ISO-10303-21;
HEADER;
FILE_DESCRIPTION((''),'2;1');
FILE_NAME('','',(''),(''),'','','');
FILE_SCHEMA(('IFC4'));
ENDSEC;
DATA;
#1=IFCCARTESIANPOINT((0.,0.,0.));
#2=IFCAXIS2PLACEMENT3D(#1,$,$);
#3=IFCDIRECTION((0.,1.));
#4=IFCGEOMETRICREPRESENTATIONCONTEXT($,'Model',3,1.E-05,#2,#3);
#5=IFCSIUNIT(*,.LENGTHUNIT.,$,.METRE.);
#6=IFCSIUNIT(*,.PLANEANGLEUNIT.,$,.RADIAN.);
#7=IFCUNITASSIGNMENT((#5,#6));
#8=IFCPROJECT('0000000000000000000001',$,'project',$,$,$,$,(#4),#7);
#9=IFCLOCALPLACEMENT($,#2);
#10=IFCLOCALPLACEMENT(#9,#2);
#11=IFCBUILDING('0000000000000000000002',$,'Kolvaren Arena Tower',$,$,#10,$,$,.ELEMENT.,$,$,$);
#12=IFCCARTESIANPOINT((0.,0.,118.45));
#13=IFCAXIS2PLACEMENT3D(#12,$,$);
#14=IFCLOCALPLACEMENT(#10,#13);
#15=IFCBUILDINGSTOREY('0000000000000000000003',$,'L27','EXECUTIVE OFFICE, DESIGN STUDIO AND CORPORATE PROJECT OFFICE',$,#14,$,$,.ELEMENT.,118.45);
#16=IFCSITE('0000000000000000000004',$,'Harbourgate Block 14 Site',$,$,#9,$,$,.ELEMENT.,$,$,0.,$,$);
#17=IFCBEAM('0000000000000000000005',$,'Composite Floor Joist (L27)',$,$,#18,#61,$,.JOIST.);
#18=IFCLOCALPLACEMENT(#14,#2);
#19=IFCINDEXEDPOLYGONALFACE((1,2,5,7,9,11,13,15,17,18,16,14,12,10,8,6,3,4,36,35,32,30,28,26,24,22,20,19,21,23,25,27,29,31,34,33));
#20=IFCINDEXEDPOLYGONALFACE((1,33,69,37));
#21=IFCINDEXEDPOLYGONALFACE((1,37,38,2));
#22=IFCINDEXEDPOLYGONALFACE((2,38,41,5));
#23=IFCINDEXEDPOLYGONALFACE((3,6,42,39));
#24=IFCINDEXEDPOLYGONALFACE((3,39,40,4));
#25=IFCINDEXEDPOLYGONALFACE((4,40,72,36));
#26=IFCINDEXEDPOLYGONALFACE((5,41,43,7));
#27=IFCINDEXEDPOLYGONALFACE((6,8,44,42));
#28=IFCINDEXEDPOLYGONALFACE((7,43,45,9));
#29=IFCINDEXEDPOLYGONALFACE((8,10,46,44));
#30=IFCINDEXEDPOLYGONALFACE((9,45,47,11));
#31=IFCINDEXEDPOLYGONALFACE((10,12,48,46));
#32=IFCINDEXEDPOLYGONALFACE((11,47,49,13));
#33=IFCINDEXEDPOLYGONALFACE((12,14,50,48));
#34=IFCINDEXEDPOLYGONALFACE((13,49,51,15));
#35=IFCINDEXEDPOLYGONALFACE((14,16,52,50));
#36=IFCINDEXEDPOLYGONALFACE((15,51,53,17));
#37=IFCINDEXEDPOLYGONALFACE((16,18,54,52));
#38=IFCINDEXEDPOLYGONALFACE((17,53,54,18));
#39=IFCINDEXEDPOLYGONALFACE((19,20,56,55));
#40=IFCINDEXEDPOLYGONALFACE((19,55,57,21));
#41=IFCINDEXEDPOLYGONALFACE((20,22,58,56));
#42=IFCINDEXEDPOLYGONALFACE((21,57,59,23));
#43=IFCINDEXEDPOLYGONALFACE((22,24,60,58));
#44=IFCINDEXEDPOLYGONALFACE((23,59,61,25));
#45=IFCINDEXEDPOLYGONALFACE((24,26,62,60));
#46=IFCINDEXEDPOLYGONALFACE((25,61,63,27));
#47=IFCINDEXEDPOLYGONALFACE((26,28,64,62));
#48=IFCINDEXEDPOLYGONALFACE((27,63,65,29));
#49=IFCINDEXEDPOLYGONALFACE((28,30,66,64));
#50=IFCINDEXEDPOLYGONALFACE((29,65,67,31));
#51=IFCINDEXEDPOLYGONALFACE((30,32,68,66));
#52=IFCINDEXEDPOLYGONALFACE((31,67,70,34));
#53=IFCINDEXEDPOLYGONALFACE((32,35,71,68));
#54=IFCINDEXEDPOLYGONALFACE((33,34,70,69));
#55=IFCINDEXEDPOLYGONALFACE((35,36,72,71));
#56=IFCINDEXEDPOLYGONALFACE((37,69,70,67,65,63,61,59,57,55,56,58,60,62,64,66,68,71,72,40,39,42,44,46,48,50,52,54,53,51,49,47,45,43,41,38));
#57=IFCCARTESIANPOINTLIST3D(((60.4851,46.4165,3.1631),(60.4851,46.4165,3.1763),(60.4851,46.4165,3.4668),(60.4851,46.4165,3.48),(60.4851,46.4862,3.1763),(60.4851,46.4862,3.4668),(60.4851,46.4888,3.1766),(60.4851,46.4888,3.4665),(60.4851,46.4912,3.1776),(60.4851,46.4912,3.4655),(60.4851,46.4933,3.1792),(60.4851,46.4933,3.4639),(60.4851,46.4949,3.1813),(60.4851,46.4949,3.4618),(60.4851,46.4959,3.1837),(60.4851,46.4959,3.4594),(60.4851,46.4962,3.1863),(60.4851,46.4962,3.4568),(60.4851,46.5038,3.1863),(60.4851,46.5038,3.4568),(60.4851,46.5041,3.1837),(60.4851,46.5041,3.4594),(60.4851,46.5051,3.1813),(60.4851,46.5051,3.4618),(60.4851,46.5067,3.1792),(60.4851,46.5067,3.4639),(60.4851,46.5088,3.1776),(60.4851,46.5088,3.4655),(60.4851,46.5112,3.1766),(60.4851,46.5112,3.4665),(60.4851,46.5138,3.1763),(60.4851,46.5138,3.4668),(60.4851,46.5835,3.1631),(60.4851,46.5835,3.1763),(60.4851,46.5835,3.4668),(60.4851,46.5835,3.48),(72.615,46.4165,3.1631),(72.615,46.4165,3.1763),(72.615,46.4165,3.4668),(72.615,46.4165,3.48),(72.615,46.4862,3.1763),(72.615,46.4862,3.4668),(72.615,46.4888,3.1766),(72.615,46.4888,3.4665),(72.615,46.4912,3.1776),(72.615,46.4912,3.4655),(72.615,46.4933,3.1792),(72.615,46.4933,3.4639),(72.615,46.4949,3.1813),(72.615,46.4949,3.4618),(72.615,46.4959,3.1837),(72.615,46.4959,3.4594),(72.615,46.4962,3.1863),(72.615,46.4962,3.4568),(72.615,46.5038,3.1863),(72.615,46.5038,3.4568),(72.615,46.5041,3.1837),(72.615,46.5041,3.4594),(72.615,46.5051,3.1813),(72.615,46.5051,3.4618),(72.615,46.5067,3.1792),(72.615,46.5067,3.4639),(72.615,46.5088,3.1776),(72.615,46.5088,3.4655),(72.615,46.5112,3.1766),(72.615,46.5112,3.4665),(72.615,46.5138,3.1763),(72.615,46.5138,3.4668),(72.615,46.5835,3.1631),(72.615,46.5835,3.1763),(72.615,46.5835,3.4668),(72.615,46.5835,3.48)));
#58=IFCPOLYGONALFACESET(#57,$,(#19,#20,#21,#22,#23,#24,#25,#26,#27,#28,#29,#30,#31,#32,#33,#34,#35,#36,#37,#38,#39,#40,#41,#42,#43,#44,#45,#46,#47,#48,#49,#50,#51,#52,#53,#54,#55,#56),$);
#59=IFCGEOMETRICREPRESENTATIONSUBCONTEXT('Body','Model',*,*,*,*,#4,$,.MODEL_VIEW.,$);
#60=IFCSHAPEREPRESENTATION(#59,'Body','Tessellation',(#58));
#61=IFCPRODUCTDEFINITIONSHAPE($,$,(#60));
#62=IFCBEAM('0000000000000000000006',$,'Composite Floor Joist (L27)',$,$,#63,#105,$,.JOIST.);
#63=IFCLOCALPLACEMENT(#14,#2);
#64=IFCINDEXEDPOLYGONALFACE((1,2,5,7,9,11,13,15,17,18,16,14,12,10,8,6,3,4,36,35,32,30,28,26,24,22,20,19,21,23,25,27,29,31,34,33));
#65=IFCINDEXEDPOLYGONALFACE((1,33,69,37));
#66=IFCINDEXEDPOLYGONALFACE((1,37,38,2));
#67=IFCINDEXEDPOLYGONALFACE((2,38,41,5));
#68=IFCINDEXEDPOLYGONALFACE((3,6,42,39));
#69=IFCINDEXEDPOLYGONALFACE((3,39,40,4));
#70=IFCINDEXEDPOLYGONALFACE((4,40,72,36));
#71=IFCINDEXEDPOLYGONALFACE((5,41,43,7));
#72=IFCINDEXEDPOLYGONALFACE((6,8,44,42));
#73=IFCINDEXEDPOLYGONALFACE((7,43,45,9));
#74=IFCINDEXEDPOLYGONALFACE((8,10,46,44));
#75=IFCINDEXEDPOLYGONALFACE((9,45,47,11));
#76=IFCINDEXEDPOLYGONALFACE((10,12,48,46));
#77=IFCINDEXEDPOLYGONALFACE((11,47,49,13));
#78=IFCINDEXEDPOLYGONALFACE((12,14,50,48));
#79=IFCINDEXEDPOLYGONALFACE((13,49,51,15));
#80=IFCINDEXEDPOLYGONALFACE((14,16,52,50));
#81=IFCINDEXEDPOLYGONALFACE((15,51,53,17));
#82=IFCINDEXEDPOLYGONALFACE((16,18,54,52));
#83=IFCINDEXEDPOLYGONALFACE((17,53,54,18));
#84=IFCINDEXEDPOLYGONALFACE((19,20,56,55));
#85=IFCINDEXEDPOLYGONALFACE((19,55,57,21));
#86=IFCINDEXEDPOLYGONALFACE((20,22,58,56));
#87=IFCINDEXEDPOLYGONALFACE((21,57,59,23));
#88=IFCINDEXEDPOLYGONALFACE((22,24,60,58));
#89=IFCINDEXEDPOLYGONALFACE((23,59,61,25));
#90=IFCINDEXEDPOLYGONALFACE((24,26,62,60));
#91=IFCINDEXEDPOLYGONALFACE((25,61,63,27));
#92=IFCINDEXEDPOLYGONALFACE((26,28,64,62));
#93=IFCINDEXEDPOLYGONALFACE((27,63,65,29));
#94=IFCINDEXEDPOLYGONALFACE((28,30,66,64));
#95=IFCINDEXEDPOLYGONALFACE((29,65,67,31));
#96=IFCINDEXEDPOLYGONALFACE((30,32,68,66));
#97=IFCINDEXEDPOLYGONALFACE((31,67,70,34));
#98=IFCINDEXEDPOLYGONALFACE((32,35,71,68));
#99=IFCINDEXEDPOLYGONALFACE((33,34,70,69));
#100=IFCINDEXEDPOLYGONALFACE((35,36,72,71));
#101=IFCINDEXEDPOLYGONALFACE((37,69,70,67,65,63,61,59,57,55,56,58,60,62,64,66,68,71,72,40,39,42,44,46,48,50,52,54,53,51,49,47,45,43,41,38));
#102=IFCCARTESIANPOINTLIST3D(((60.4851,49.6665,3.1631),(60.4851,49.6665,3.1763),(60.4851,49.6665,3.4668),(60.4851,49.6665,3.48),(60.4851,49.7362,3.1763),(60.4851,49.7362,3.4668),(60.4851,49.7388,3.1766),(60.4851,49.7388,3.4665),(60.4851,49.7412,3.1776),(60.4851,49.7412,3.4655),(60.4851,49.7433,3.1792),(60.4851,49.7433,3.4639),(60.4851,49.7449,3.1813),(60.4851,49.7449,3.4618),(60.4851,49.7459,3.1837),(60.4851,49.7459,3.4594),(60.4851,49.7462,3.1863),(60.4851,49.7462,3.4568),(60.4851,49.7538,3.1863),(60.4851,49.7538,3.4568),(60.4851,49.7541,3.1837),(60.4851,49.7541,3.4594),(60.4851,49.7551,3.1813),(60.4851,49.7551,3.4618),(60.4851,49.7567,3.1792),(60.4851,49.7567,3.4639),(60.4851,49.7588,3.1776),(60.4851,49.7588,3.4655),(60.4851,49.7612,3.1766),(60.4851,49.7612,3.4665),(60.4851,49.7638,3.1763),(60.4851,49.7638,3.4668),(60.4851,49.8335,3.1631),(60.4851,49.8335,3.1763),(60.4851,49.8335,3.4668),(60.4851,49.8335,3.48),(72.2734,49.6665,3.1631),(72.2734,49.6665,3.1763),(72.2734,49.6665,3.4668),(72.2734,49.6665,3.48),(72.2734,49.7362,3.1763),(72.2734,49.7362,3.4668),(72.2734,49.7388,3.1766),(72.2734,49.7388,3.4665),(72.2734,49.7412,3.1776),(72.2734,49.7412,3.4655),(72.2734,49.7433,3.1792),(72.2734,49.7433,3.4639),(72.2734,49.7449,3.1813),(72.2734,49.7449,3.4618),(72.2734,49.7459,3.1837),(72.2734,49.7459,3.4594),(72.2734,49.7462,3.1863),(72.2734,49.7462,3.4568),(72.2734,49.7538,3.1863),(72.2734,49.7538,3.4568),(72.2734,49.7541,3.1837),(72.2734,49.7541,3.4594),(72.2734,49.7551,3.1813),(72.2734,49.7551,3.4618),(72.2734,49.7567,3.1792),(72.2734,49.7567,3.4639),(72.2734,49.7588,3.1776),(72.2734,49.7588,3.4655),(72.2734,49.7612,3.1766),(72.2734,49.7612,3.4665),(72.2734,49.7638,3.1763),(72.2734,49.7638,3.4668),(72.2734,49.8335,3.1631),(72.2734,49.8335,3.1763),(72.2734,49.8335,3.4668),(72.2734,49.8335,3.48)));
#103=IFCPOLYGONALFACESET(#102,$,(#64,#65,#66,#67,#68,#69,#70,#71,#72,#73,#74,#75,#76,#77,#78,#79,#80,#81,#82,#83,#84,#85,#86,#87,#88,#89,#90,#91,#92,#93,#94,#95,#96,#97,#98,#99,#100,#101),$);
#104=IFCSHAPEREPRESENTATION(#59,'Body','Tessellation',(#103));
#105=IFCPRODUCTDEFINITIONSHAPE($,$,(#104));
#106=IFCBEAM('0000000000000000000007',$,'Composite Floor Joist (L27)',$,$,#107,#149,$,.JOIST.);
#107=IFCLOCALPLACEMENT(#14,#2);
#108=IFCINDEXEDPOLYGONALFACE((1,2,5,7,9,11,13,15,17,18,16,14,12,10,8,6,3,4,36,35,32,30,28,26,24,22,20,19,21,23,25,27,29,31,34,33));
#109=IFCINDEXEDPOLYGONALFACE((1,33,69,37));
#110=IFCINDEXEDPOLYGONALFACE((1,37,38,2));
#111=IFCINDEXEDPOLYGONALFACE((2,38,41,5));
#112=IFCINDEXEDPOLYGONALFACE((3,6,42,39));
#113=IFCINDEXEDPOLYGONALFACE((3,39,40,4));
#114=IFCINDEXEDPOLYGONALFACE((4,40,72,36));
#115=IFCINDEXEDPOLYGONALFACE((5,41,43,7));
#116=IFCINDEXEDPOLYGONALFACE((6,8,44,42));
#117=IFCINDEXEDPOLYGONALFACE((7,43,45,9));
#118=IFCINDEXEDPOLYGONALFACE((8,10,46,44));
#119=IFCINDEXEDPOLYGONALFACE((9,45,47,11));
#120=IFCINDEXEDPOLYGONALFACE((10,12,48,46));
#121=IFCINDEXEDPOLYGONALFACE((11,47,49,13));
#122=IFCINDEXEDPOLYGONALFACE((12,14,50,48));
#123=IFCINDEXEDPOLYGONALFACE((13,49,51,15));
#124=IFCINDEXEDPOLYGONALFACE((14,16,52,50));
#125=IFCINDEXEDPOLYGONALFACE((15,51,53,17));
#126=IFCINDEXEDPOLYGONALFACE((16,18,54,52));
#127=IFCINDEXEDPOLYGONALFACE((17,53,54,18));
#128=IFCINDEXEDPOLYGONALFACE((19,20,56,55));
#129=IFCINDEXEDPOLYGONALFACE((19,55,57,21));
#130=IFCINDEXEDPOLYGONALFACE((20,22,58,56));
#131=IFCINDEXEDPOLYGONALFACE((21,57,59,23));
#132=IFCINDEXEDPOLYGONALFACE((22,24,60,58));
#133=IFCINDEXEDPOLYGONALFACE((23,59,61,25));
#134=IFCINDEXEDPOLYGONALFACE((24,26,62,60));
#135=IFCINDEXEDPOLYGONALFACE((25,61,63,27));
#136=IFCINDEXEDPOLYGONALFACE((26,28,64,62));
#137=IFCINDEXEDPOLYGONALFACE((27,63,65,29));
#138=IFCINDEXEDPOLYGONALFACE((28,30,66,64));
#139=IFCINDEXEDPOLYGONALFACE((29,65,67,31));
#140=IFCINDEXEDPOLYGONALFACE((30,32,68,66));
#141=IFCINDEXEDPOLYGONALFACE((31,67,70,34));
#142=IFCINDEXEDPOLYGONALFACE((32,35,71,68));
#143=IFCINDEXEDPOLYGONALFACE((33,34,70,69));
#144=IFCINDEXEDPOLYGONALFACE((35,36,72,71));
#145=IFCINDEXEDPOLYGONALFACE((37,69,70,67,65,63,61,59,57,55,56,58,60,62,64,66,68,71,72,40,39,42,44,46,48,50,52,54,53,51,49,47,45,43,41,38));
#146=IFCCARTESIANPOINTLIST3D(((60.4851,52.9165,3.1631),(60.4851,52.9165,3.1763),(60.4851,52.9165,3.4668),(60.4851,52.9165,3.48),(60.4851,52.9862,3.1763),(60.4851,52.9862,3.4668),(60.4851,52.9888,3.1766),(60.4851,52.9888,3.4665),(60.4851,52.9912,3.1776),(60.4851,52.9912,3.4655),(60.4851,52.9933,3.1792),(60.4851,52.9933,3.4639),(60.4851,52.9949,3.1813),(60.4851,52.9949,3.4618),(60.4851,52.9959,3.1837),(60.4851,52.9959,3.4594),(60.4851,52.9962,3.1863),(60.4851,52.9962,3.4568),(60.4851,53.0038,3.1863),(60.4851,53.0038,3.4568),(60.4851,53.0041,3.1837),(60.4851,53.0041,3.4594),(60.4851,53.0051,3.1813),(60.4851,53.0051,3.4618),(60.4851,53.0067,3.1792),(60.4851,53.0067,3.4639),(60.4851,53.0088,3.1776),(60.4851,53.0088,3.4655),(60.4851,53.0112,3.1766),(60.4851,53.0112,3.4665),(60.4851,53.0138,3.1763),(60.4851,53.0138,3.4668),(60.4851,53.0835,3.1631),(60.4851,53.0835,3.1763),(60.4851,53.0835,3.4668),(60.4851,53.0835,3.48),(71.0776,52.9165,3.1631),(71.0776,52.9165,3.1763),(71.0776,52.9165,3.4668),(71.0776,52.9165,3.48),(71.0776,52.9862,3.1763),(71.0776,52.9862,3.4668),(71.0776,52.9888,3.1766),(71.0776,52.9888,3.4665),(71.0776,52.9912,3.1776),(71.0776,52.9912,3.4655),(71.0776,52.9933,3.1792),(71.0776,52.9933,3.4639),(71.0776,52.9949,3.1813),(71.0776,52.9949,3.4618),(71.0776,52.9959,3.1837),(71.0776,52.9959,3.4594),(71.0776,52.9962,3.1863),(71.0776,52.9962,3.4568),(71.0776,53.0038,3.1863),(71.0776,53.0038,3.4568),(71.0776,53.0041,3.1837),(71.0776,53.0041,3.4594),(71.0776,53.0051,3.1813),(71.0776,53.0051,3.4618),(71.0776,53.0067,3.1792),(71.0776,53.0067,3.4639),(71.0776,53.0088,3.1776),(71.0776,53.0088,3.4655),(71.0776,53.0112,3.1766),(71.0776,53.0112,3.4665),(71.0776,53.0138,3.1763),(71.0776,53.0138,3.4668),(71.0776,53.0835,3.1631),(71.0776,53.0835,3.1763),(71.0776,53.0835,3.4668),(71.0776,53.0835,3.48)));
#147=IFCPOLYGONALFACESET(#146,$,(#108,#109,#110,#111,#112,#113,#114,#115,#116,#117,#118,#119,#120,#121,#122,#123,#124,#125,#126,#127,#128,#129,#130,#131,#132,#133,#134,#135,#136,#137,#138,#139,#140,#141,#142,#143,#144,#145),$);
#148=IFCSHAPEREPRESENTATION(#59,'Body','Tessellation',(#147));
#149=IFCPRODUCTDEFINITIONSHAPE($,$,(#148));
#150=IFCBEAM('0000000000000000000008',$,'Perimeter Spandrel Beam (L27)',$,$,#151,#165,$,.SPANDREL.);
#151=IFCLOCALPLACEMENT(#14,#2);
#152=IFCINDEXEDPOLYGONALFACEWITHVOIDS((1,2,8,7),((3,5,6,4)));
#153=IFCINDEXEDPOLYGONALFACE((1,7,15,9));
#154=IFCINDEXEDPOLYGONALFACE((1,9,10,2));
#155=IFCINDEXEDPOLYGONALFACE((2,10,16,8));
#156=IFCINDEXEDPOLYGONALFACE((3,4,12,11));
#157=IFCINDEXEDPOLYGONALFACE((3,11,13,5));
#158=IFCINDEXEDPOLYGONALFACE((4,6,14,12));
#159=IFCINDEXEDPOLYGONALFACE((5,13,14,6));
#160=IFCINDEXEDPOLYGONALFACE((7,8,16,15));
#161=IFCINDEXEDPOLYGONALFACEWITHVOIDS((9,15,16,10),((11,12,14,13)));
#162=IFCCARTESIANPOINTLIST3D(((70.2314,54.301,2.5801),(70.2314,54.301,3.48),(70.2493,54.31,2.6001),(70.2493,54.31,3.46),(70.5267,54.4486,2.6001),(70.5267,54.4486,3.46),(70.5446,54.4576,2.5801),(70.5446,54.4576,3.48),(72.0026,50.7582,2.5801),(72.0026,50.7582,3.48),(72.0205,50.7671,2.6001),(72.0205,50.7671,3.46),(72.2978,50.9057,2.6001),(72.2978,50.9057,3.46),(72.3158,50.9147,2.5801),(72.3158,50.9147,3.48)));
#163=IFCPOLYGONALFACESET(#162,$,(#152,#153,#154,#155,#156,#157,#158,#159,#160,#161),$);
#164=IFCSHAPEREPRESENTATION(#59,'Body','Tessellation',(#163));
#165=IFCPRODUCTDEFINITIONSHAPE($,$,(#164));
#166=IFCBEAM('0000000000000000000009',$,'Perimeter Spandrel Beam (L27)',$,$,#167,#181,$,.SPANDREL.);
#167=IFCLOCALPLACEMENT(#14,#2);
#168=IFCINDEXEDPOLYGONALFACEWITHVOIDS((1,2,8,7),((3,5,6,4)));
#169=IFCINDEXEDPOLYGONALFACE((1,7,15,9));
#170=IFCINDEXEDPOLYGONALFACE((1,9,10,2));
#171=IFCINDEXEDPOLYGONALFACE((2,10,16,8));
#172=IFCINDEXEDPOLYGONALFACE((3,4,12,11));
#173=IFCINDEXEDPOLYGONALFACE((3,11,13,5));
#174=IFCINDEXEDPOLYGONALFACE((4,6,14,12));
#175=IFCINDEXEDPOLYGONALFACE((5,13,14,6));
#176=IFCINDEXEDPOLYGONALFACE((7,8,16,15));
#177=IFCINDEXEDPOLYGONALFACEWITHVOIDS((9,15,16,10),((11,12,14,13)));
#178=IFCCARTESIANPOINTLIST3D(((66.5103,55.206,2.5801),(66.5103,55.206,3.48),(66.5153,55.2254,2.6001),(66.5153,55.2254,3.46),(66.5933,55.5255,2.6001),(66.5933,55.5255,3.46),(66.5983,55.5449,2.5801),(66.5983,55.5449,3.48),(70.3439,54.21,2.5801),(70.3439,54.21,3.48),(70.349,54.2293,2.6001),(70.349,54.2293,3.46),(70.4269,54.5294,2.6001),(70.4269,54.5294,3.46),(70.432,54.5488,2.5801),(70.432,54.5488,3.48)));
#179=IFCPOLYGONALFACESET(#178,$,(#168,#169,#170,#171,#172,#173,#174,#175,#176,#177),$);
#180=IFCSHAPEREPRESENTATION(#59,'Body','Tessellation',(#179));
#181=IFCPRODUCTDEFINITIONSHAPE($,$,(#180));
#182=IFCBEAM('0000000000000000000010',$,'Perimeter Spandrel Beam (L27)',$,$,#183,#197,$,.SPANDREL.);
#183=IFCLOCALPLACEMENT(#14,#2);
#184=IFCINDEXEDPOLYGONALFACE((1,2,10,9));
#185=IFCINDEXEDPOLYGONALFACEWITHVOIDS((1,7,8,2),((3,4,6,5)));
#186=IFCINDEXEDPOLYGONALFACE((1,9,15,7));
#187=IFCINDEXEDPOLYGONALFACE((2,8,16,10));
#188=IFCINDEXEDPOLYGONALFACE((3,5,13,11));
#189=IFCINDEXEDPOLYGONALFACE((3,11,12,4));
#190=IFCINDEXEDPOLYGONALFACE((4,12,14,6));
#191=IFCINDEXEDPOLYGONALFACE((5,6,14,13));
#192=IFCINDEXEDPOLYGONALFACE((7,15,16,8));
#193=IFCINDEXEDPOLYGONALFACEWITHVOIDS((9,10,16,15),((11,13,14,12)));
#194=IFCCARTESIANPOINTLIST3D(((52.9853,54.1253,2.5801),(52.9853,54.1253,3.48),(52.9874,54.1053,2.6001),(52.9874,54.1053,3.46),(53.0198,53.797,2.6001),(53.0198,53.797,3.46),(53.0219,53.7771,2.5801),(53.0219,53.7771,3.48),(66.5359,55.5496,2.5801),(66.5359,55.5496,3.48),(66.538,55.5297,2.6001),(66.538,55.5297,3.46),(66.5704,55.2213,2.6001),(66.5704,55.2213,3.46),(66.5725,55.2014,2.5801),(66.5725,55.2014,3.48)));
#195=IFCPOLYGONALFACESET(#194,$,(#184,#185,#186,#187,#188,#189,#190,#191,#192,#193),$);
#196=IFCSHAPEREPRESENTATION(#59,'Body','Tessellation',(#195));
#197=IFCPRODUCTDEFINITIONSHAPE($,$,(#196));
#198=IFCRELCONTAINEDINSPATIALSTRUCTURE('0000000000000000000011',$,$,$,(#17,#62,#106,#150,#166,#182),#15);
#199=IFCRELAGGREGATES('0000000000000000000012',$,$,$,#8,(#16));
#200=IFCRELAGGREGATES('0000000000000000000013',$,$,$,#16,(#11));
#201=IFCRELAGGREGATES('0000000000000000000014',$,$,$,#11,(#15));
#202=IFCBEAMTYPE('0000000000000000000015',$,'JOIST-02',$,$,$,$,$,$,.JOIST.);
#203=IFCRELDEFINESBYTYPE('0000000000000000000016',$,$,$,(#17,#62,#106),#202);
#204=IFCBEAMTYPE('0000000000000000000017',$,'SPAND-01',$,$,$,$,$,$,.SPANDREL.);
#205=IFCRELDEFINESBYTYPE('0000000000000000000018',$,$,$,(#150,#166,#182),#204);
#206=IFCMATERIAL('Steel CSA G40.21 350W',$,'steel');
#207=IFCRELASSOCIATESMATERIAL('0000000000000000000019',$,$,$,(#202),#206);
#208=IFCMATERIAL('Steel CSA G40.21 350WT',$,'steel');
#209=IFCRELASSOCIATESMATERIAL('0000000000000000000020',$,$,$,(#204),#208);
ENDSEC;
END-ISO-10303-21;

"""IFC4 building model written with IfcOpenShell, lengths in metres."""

from ifc_helpers import new_model, si_unit, direction, frame, origin, origin_2d, place, context, subcontext, project, spatial, hollow_rectangle, i_section, extrude, material, material_profile, profile_set, type_object, element, save


model = new_model("IFC4")

# Units and contexts
model_context = context("Model", 3, precision=1e-05, world=origin(), true_north=direction((0.0, 1.0)))
body_context = subcontext(model_context, "Body", "Model", "MODEL_VIEW")
ifc_project = project(units=[si_unit("LENGTHUNIT", "METRE"), si_unit("PLANEANGLEUNIT", "RADIAN")], contexts=[model_context])

# Site, building, storey
site_placement = place(None, origin())
site = spatial("IfcSite", under=ifc_project, at=site_placement, Name="Harbourgate Block 14 Site", CompositionType="ELEMENT", RefElevation=0.0)
building_placement = place(site_placement, origin())
building = spatial("IfcBuilding", under=site, at=building_placement, Name="Kolvaren Arena Tower", CompositionType="ELEMENT")
storey_placement = place(building_placement, frame((0.0, 0.0, 118.45)))
storey = spatial("IfcBuildingStorey", under=building, at=storey_placement, Name="L27", Description="EXECUTIVE OFFICE, DESIGN STUDIO AND CORPORATE PROJECT OFFICE", CompositionType="ELEMENT", Elevation=118.45)

# Beams
ifc_material_1 = material(Name="Steel CSA G40.21 350W", Category="steel")
ifc_material_profile_1 = material_profile(ifc_material_1, i_section(OverallWidth=0.167, OverallDepth=0.3169, WebThickness=0.0076, FlangeThickness=0.0132, FilletRadius=0.01, at=origin_2d()), Name="W310x52")
ifc_profile_set_1 = profile_set([ifc_material_profile_1], Name="Steel CSA G40.21 350W")
beam_type_1 = type_object("IfcBeamType", Name="JOIST-02", PredefinedType="JOIST", material=ifc_profile_set_1)
beam_1_placement = place(storey_placement, frame((60.4851, 46.5, 3.3215), z_axis=(1.0, 0.0, 0.0), x_axis=(0.0, 1.0, 0.0)))
element("IfcBeam", 1, at=beam_1_placement, inside=storey, type_object=beam_type_1, Name="Composite Floor Joist (L27)", PredefinedType="JOIST", context=body_context, shape_type="SweptSolid", body=[
    extrude(i_section(OverallWidth=0.167, OverallDepth=0.3169, WebThickness=0.0076, FlangeThickness=0.0132, FilletRadius=0.01, at=origin_2d()), origin(), (0.0, 0.0, 1.0), 12.1299),
])
beam_2_placement = place(storey_placement, frame((60.4851, 49.75, 3.3215), z_axis=(1.0, 0.0, 0.0), x_axis=(0.0, 1.0, 0.0)))
element("IfcBeam", 2, at=beam_2_placement, inside=storey, type_object=beam_type_1, Name="Composite Floor Joist (L27)", PredefinedType="JOIST", context=body_context, shape_type="SweptSolid", body=[
    extrude(i_section(OverallWidth=0.167, OverallDepth=0.3169, WebThickness=0.0076, FlangeThickness=0.0132, FilletRadius=0.01, at=origin_2d()), origin(), (0.0, 0.0, 1.0), 11.7883),
])
beam_3_placement = place(storey_placement, frame((60.4851, 53.0, 3.3215), z_axis=(1.0, 0.0, 0.0), x_axis=(0.0, 1.0, 0.0)))
element("IfcBeam", 3, at=beam_3_placement, inside=storey, type_object=beam_type_1, Name="Composite Floor Joist (L27)", PredefinedType="JOIST", context=body_context, shape_type="SweptSolid", body=[
    extrude(i_section(OverallWidth=0.167, OverallDepth=0.3169, WebThickness=0.0076, FlangeThickness=0.0132, FilletRadius=0.01, at=origin_2d()), origin(), (0.0, 0.0, 1.0), 10.5925),
])
ifc_material_2 = material(Name="Steel CSA G40.21 350WT", Category="steel")
ifc_material_profile_2 = material_profile(ifc_material_2, hollow_rectangle(XDim=0.3501, YDim=0.8999, WallThickness=0.02, at=origin_2d()), Name="HSS 900x350x20")
ifc_profile_set_2 = profile_set([ifc_material_profile_2], Name="Steel CSA G40.21 350WT")
beam_type_2 = type_object("IfcBeamType", Name="SPAND-01", PredefinedType="SPANDREL", material=ifc_profile_set_2)
for number, where, z_axis, x_axis, name in (
    (4, (72.1592, 50.8364, 3.03), (-0.447164, 0.894452, 0.0), (-0.894452, -0.447164, 0.0), "Perimeter Spandrel Beam (L27)"),
    (5, (70.3879, 54.3794, 3.03), (-0.967864, 0.251473, 0.0), (-0.251473, -0.967864, 0.0), "Perimeter Spandrel Beam (L27)"),
):
    element("IfcBeam", number, at=place(storey_placement, frame(where, z_axis=z_axis, x_axis=x_axis)), inside=storey, type_object=beam_type_2, Name=name, PredefinedType="SPANDREL", context=body_context, shape_type="SweptSolid", body=[
        extrude(hollow_rectangle(XDim=0.3501, YDim=0.8999, WallThickness=0.02, at=origin_2d()), origin(), (0.0, 0.0, 1.0), 3.9609),
    ])
beam_4_placement = place(storey_placement, frame((66.5542, 55.3755, 3.03), z_axis=(-0.994521, -0.104536, 0.0), x_axis=(0.104536, -0.994521, 0.0)))
element("IfcBeam", 6, at=beam_4_placement, inside=storey, type_object=beam_type_2, Name="Perimeter Spandrel Beam (L27)", PredefinedType="SPANDREL", context=body_context, shape_type="SweptSolid", body=[
    extrude(hollow_rectangle(XDim=0.3501, YDim=0.8999, WallThickness=0.02, at=origin_2d()), origin(), (0.0, 0.0, 1.0), 13.6252),
])

save(model, "model.ifc")
